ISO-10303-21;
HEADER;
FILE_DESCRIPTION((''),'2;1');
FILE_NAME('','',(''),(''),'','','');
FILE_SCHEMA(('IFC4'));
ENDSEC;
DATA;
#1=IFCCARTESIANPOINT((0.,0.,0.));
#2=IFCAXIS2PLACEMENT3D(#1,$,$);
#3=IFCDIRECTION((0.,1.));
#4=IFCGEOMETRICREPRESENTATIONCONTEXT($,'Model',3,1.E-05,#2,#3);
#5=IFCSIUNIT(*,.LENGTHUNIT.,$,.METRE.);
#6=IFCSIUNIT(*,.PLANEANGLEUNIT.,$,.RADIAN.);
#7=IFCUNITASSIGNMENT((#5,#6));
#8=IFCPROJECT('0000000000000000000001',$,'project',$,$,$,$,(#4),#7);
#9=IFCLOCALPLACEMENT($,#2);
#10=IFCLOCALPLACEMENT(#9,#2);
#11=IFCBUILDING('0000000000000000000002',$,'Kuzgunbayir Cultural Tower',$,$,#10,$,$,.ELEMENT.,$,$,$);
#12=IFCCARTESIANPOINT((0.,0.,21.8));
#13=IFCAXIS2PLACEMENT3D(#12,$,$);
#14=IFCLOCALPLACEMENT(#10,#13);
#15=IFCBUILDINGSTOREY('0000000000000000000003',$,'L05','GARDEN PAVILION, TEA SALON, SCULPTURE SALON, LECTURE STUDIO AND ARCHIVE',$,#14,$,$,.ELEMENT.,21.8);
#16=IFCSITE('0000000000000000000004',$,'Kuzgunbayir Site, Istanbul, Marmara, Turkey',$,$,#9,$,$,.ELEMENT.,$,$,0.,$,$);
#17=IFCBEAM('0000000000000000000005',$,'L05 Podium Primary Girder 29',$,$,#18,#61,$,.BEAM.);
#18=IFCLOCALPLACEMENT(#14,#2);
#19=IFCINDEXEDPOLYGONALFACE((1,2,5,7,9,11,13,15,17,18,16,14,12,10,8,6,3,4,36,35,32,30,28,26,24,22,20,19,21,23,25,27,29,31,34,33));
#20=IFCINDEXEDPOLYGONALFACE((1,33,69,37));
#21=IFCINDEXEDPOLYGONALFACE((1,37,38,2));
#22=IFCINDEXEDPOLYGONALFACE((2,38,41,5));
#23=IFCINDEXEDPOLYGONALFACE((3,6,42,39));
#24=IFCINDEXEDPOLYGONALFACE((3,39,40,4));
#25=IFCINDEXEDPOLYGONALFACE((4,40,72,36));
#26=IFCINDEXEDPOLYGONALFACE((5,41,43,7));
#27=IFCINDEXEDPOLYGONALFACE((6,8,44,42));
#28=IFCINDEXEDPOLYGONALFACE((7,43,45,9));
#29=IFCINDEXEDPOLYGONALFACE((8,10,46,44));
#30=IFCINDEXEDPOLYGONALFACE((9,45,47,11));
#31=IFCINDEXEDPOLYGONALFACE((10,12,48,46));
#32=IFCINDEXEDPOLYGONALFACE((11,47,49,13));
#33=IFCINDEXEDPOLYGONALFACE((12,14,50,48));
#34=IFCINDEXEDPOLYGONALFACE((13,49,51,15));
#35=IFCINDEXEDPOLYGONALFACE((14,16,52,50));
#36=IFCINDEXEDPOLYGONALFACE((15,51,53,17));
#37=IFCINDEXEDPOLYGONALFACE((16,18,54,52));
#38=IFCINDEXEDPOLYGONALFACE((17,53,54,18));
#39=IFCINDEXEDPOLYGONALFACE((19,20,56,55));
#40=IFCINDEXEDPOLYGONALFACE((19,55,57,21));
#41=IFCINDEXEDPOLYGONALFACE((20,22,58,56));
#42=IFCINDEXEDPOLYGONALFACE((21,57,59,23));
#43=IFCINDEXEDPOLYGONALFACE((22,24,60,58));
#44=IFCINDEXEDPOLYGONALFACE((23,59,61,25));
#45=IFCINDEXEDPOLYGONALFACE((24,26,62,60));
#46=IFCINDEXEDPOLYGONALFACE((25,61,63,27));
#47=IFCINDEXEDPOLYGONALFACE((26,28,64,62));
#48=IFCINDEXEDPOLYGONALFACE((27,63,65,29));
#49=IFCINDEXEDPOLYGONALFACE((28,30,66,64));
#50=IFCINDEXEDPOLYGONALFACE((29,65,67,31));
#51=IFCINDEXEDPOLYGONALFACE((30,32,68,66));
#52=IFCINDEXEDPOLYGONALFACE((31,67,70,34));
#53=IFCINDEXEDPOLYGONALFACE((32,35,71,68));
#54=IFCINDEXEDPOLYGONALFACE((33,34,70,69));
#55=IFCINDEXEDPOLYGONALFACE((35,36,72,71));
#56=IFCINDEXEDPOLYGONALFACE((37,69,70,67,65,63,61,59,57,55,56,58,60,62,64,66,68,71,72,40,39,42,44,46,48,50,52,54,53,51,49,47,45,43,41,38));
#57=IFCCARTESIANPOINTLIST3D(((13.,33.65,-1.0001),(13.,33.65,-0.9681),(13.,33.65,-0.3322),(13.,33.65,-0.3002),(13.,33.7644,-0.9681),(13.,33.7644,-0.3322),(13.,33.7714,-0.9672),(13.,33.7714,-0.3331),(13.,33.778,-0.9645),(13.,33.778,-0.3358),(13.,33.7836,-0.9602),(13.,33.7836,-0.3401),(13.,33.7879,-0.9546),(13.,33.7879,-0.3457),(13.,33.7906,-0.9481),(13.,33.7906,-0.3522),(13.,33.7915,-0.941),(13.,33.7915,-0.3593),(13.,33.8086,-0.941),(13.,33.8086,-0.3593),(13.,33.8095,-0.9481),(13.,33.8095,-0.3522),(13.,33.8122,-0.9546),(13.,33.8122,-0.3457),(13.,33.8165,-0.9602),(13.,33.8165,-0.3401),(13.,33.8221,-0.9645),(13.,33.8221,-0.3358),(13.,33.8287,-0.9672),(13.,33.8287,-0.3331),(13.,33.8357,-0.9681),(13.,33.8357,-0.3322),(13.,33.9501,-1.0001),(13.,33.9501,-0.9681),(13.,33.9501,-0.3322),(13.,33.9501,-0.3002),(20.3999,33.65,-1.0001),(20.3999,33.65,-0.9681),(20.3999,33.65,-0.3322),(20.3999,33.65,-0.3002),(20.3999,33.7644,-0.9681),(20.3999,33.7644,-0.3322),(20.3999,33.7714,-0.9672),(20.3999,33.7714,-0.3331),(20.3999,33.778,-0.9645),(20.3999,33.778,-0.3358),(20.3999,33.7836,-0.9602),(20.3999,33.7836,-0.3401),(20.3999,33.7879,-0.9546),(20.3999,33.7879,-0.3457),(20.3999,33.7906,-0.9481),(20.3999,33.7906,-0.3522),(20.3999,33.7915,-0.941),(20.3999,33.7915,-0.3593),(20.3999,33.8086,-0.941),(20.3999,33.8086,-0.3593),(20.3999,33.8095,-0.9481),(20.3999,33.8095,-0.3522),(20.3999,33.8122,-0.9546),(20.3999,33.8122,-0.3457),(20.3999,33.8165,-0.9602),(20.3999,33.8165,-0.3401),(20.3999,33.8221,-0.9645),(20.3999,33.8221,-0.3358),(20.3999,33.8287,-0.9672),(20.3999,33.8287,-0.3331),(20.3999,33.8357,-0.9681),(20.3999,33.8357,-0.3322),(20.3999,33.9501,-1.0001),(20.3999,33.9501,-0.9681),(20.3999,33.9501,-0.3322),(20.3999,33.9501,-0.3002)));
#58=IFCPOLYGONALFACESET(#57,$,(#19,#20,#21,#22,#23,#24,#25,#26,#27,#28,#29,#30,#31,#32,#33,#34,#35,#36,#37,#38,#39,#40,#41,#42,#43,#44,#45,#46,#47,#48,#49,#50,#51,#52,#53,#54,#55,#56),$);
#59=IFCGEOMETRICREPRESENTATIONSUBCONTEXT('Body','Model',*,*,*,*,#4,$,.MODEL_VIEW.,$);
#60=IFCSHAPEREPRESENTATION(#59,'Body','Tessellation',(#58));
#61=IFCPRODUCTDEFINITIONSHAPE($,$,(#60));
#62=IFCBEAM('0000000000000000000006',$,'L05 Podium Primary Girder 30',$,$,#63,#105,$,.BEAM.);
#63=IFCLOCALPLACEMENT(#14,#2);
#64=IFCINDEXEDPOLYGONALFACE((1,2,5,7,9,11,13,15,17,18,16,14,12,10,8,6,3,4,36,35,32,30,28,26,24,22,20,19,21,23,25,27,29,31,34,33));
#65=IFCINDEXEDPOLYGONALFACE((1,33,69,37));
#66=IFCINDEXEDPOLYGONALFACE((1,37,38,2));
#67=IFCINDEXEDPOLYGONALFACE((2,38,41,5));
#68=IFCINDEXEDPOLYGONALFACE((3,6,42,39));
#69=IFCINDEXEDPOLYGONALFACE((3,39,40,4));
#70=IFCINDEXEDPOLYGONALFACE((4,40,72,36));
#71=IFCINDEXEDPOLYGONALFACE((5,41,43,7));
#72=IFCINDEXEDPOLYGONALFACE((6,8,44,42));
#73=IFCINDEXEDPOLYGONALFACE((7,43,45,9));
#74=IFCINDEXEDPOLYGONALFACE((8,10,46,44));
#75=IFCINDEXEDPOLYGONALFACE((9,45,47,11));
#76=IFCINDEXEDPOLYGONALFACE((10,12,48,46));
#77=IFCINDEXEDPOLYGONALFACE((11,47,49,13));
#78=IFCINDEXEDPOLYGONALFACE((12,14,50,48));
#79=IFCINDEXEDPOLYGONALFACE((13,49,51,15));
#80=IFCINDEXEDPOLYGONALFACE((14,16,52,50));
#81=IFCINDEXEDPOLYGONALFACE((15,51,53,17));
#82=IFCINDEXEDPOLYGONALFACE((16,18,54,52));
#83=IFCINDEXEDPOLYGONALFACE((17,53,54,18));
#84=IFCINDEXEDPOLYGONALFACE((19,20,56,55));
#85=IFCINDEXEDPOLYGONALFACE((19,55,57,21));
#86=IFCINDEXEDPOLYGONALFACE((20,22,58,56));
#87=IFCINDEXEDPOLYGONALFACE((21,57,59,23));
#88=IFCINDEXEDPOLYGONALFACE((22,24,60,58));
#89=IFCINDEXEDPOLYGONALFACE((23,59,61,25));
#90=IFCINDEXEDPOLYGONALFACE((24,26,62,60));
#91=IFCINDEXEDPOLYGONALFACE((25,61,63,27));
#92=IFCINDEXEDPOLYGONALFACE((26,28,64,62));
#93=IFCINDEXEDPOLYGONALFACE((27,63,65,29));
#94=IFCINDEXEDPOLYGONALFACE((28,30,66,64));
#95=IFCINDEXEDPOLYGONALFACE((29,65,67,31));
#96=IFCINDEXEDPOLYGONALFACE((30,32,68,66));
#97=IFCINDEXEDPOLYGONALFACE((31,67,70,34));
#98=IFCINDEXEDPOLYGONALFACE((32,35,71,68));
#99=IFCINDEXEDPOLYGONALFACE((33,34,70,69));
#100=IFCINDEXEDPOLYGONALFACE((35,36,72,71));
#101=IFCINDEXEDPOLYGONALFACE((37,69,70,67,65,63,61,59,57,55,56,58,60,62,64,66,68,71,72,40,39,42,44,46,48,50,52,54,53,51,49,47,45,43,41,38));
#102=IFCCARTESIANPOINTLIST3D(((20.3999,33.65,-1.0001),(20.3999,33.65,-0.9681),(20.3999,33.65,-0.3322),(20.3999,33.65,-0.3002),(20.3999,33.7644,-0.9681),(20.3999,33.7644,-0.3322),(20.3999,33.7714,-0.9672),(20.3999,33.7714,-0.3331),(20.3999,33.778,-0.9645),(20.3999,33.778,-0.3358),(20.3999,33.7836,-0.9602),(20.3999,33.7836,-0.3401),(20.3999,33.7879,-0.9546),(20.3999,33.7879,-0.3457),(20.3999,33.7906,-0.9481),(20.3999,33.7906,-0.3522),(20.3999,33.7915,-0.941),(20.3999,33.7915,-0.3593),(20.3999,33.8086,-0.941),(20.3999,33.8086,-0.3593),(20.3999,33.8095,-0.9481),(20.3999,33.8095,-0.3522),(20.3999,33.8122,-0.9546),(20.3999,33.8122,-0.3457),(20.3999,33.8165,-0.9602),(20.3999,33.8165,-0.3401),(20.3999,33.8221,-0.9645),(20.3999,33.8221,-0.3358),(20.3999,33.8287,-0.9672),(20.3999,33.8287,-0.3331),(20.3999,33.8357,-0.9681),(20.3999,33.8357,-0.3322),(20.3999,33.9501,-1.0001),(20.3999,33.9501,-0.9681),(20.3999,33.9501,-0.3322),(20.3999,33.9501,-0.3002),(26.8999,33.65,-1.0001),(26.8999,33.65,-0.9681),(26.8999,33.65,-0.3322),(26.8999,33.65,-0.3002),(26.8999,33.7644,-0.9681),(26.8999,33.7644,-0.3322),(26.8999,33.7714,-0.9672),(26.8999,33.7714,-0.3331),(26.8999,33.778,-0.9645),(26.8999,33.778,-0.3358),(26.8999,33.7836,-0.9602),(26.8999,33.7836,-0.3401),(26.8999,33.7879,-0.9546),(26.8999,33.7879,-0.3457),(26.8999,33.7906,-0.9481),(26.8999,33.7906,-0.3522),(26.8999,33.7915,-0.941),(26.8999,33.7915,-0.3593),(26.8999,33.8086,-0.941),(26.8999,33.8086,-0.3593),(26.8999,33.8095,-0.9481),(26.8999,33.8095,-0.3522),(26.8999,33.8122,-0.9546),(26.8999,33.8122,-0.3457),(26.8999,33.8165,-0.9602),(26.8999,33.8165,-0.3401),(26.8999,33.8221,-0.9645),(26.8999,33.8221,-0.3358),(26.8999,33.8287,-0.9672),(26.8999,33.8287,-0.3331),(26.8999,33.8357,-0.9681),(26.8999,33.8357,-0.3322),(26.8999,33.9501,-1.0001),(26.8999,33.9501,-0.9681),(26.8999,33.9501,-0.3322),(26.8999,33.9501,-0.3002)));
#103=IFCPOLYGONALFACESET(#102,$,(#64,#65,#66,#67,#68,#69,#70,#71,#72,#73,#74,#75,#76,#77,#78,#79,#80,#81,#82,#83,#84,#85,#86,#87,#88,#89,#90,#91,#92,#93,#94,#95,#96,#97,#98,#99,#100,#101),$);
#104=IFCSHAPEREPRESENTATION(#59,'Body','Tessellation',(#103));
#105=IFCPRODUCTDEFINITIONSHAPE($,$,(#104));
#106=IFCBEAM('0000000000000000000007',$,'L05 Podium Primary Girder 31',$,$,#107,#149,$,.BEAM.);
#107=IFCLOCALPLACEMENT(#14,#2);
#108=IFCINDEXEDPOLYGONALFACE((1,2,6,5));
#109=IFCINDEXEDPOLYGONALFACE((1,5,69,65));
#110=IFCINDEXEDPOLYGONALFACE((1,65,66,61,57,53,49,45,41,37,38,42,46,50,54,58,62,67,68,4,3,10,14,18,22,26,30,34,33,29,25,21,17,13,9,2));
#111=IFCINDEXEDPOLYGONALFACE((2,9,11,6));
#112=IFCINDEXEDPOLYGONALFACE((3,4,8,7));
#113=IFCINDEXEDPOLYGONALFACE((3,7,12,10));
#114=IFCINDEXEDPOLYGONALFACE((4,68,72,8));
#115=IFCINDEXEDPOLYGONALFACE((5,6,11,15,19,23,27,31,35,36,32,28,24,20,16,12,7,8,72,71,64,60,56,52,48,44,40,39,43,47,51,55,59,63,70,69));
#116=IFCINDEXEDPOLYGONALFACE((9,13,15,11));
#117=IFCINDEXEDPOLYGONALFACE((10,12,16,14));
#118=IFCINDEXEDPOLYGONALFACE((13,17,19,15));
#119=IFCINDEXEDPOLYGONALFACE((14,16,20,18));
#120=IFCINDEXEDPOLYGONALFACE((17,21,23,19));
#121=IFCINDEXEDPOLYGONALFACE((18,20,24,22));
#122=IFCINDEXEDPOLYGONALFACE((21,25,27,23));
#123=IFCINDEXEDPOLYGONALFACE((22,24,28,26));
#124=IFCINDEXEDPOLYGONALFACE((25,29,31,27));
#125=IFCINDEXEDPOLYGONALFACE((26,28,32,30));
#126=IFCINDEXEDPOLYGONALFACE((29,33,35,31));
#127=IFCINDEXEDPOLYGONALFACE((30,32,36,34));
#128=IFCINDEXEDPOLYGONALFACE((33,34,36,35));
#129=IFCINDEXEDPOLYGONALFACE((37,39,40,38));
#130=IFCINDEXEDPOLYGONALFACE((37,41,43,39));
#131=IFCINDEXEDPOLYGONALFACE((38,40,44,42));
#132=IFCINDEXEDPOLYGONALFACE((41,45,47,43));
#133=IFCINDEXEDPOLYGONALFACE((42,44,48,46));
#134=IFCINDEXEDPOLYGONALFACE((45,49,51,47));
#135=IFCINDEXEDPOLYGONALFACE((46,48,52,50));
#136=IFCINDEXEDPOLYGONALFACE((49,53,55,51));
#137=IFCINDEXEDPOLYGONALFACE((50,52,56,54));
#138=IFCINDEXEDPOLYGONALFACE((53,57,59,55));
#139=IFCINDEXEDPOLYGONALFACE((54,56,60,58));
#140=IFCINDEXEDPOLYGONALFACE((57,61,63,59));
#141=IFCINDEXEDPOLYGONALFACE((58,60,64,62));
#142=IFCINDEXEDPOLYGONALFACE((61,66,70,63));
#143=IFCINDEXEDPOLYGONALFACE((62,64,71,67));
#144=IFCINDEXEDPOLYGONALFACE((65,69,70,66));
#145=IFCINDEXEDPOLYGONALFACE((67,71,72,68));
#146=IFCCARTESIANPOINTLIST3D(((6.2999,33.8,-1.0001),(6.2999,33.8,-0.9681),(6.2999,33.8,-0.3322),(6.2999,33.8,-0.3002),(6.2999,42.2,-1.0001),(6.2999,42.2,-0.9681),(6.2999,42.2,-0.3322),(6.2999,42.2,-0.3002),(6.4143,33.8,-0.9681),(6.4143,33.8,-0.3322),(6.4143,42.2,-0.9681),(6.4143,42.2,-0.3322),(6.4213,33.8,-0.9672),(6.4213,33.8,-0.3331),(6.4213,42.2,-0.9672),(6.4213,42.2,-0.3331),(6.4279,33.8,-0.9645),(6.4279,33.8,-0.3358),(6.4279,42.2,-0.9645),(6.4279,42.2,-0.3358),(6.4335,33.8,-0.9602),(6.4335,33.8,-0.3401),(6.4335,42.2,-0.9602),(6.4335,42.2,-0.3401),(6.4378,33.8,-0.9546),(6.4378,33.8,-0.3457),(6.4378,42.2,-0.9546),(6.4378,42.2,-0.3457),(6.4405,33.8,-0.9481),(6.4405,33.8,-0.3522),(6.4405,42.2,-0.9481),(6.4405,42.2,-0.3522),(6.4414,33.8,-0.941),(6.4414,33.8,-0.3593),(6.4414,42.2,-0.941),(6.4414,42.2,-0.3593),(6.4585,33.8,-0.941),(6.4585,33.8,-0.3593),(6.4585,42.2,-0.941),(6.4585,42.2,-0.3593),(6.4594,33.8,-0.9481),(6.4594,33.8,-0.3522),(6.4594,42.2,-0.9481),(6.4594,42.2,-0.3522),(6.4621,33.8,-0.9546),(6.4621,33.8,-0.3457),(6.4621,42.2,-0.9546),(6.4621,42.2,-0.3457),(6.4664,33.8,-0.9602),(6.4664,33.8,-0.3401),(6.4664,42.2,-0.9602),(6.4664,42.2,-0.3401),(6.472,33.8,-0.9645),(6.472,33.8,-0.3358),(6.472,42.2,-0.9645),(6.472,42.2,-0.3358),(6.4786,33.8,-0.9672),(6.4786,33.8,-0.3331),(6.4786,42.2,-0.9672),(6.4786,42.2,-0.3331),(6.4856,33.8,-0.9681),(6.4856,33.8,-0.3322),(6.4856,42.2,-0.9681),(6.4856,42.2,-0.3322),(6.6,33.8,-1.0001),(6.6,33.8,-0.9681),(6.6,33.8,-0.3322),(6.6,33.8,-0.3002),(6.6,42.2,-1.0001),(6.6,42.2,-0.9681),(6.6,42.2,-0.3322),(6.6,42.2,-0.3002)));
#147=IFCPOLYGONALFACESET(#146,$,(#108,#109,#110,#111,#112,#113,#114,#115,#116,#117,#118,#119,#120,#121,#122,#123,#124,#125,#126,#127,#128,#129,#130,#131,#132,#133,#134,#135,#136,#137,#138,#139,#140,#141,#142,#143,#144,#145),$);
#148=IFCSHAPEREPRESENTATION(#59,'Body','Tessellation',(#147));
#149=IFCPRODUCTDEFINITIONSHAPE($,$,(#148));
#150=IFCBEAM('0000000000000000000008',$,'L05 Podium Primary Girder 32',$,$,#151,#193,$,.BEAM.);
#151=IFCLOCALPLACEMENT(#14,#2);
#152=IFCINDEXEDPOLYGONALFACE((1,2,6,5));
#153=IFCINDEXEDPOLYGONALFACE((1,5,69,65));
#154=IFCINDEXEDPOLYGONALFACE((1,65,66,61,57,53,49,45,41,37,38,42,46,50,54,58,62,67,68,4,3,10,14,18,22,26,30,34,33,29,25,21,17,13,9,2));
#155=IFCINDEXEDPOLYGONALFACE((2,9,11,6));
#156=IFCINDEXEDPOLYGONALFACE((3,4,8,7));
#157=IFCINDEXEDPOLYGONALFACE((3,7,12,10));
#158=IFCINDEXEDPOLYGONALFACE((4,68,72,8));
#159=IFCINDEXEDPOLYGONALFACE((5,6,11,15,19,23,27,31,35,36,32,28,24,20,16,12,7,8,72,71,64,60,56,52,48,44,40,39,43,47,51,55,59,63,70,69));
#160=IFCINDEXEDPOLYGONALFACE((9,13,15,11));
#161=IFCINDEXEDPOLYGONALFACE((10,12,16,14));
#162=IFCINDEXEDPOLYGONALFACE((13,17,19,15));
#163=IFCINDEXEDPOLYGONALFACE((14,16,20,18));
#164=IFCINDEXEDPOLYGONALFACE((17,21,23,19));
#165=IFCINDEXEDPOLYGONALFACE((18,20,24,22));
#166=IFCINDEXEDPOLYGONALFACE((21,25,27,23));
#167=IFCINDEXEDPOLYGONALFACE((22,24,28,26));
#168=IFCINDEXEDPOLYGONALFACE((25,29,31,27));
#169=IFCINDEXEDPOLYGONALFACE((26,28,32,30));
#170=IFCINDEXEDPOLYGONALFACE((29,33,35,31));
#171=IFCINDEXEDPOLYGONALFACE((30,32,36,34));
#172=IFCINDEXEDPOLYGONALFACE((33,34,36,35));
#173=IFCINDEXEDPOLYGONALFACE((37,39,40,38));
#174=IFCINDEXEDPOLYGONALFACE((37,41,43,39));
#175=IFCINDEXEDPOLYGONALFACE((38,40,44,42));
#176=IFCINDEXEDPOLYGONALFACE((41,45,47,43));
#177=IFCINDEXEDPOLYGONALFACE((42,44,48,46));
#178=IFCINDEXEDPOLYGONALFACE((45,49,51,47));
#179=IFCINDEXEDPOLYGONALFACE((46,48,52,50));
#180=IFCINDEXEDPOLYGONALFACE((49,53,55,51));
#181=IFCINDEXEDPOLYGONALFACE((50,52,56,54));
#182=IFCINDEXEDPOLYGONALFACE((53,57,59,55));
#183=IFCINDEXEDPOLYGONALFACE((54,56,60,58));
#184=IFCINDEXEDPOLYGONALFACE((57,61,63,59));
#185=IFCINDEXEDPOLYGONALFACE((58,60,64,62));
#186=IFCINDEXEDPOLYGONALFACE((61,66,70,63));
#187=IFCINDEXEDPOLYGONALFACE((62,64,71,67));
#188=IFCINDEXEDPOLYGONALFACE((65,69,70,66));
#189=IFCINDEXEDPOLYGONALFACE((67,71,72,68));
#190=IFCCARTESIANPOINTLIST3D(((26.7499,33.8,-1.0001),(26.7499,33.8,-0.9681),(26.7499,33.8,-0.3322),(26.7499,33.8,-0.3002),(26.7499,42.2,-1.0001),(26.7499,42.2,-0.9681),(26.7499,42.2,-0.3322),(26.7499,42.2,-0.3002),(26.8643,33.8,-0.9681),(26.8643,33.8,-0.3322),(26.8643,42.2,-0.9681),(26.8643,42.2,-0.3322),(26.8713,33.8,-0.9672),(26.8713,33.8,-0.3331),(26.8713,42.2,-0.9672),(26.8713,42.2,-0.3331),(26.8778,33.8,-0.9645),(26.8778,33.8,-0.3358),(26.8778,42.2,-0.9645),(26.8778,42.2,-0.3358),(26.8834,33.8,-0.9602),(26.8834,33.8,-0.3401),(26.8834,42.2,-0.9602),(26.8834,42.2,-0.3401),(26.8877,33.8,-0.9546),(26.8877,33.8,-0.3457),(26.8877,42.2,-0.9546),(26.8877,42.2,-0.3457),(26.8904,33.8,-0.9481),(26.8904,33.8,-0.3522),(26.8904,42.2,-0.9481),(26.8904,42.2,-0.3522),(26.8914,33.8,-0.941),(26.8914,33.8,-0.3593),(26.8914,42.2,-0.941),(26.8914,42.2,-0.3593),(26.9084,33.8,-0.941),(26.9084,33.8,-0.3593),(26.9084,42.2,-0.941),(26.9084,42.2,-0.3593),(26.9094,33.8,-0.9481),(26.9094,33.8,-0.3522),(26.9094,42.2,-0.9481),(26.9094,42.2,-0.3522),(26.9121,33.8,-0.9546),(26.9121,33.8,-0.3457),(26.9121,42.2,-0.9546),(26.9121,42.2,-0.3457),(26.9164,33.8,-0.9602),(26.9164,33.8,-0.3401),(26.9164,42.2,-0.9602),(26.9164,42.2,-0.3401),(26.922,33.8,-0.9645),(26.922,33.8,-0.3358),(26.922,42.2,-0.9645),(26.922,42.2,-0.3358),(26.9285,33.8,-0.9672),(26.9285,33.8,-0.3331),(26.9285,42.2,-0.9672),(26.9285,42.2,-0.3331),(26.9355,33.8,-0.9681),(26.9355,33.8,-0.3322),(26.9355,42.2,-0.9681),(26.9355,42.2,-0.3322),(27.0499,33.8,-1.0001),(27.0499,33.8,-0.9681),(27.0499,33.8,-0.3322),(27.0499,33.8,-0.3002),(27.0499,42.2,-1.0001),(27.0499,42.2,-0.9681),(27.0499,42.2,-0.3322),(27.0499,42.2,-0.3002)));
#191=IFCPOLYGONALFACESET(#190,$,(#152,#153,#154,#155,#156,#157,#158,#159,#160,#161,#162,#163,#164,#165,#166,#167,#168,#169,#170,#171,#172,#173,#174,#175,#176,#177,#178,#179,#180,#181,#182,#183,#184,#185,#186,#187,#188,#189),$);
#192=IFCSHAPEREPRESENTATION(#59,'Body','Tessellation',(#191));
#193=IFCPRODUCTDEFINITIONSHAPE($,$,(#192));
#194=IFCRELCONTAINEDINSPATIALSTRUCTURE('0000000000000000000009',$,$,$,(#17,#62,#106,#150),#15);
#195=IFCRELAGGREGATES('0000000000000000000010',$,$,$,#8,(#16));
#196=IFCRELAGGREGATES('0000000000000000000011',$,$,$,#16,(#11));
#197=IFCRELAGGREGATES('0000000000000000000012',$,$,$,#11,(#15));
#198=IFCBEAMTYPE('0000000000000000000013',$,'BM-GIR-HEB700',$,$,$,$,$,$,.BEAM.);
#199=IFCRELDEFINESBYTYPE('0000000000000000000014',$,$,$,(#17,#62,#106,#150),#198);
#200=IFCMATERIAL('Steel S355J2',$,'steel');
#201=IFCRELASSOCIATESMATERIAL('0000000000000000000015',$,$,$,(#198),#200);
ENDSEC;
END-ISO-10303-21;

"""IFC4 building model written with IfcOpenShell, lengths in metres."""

from ifc_helpers import new_model, si_unit, direction, frame, origin, origin_2d, place, context, subcontext, project, spatial, i_section, extrude, material, material_profile, profile_set, type_object, element, save


model = new_model("IFC4")

# Units and contexts
model_context = context("Model", 3, precision=1e-05, world=origin(), true_north=direction((0.0, 1.0)))
body_context = subcontext(model_context, "Body", "Model", "MODEL_VIEW")
ifc_project = project(units=[si_unit("LENGTHUNIT", "METRE"), si_unit("PLANEANGLEUNIT", "RADIAN")], contexts=[model_context])

# Site, building, storey
site_placement = place(None, origin())
site = spatial("IfcSite", under=ifc_project, at=site_placement, Name="Kuzgunbayir Site, Istanbul, Marmara, Turkey", CompositionType="ELEMENT", RefElevation=0.0)
building_placement = place(site_placement, origin())
building = spatial("IfcBuilding", under=site, at=building_placement, Name="Kuzgunbayir Cultural Tower", CompositionType="ELEMENT")
storey_placement = place(building_placement, frame((0.0, 0.0, 21.8)))
storey = spatial("IfcBuildingStorey", under=building, at=storey_placement, Name="L05", Description="GARDEN PAVILION, TEA SALON, SCULPTURE SALON, LECTURE STUDIO AND ARCHIVE", CompositionType="ELEMENT", Elevation=21.8)

# Beams
ifc_material_1 = material(Name="Steel S355J2", Category="steel")
ifc_material_profile_1 = material_profile(ifc_material_1, i_section(OverallWidth=0.3, OverallDepth=0.7, WebThickness=0.0171, FlangeThickness=0.032, FilletRadius=0.0271, at=origin_2d()), Name="HEB 700")
ifc_profile_set_1 = profile_set([ifc_material_profile_1], Name="Steel S355J2")
beam_type = type_object("IfcBeamType", Name="BM-GIR-HEB700", PredefinedType="BEAM", material=ifc_profile_set_1)
beam_1_placement = place(storey_placement, frame((13.0, 33.8, -0.6501), z_axis=(1.0, 0.0, 0.0), x_axis=(0.0, 1.0, 0.0)))
element("IfcBeam", 1, at=beam_1_placement, inside=storey, type_object=beam_type, Name="L05 Podium Primary Girder 29", PredefinedType="BEAM", context=body_context, shape_type="SweptSolid", body=[
    extrude(i_section(OverallWidth=0.3, OverallDepth=0.7, WebThickness=0.0171, FlangeThickness=0.032, FilletRadius=0.0271, at=origin_2d()), origin(), (0.0, 0.0, 1.0), 7.3999),
])
beam_2_placement = place(storey_placement, frame((20.3999, 33.8, -0.6501), z_axis=(1.0, 0.0, 0.0), x_axis=(0.0, 1.0, 0.0)))
element("IfcBeam", 2, at=beam_2_placement, inside=storey, type_object=beam_type, Name="L05 Podium Primary Girder 30", PredefinedType="BEAM", context=body_context, shape_type="SweptSolid", body=[
    extrude(i_section(OverallWidth=0.3, OverallDepth=0.7, WebThickness=0.0171, FlangeThickness=0.032, FilletRadius=0.0271, at=origin_2d()), origin(), (0.0, 0.0, 1.0), 6.5),
])
for number, where, z_axis, x_axis, name in (
    (3, (6.45, 33.8, -0.6501), (0.0, 1.0, 0.0), (-1.0, 0.0, 0.0), "L05 Podium Primary Girder 31"),
    (4, (26.8999, 33.8, -0.6501), (0.0, 1.0, 0.0), (-1.0, 0.0, 0.0), "L05 Podium Primary Girder 32"),
):
    element("IfcBeam", number, at=place(storey_placement, frame(where, z_axis=z_axis, x_axis=x_axis)), inside=storey, type_object=beam_type, Name=name, PredefinedType="BEAM", context=body_context, shape_type="SweptSolid", body=[
        extrude(i_section(OverallWidth=0.3, OverallDepth=0.7, WebThickness=0.0171, FlangeThickness=0.032, FilletRadius=0.0271, at=origin_2d()), origin(), (0.0, 0.0, 1.0), 8.3999),
    ])

save(model, "model.ifc")
